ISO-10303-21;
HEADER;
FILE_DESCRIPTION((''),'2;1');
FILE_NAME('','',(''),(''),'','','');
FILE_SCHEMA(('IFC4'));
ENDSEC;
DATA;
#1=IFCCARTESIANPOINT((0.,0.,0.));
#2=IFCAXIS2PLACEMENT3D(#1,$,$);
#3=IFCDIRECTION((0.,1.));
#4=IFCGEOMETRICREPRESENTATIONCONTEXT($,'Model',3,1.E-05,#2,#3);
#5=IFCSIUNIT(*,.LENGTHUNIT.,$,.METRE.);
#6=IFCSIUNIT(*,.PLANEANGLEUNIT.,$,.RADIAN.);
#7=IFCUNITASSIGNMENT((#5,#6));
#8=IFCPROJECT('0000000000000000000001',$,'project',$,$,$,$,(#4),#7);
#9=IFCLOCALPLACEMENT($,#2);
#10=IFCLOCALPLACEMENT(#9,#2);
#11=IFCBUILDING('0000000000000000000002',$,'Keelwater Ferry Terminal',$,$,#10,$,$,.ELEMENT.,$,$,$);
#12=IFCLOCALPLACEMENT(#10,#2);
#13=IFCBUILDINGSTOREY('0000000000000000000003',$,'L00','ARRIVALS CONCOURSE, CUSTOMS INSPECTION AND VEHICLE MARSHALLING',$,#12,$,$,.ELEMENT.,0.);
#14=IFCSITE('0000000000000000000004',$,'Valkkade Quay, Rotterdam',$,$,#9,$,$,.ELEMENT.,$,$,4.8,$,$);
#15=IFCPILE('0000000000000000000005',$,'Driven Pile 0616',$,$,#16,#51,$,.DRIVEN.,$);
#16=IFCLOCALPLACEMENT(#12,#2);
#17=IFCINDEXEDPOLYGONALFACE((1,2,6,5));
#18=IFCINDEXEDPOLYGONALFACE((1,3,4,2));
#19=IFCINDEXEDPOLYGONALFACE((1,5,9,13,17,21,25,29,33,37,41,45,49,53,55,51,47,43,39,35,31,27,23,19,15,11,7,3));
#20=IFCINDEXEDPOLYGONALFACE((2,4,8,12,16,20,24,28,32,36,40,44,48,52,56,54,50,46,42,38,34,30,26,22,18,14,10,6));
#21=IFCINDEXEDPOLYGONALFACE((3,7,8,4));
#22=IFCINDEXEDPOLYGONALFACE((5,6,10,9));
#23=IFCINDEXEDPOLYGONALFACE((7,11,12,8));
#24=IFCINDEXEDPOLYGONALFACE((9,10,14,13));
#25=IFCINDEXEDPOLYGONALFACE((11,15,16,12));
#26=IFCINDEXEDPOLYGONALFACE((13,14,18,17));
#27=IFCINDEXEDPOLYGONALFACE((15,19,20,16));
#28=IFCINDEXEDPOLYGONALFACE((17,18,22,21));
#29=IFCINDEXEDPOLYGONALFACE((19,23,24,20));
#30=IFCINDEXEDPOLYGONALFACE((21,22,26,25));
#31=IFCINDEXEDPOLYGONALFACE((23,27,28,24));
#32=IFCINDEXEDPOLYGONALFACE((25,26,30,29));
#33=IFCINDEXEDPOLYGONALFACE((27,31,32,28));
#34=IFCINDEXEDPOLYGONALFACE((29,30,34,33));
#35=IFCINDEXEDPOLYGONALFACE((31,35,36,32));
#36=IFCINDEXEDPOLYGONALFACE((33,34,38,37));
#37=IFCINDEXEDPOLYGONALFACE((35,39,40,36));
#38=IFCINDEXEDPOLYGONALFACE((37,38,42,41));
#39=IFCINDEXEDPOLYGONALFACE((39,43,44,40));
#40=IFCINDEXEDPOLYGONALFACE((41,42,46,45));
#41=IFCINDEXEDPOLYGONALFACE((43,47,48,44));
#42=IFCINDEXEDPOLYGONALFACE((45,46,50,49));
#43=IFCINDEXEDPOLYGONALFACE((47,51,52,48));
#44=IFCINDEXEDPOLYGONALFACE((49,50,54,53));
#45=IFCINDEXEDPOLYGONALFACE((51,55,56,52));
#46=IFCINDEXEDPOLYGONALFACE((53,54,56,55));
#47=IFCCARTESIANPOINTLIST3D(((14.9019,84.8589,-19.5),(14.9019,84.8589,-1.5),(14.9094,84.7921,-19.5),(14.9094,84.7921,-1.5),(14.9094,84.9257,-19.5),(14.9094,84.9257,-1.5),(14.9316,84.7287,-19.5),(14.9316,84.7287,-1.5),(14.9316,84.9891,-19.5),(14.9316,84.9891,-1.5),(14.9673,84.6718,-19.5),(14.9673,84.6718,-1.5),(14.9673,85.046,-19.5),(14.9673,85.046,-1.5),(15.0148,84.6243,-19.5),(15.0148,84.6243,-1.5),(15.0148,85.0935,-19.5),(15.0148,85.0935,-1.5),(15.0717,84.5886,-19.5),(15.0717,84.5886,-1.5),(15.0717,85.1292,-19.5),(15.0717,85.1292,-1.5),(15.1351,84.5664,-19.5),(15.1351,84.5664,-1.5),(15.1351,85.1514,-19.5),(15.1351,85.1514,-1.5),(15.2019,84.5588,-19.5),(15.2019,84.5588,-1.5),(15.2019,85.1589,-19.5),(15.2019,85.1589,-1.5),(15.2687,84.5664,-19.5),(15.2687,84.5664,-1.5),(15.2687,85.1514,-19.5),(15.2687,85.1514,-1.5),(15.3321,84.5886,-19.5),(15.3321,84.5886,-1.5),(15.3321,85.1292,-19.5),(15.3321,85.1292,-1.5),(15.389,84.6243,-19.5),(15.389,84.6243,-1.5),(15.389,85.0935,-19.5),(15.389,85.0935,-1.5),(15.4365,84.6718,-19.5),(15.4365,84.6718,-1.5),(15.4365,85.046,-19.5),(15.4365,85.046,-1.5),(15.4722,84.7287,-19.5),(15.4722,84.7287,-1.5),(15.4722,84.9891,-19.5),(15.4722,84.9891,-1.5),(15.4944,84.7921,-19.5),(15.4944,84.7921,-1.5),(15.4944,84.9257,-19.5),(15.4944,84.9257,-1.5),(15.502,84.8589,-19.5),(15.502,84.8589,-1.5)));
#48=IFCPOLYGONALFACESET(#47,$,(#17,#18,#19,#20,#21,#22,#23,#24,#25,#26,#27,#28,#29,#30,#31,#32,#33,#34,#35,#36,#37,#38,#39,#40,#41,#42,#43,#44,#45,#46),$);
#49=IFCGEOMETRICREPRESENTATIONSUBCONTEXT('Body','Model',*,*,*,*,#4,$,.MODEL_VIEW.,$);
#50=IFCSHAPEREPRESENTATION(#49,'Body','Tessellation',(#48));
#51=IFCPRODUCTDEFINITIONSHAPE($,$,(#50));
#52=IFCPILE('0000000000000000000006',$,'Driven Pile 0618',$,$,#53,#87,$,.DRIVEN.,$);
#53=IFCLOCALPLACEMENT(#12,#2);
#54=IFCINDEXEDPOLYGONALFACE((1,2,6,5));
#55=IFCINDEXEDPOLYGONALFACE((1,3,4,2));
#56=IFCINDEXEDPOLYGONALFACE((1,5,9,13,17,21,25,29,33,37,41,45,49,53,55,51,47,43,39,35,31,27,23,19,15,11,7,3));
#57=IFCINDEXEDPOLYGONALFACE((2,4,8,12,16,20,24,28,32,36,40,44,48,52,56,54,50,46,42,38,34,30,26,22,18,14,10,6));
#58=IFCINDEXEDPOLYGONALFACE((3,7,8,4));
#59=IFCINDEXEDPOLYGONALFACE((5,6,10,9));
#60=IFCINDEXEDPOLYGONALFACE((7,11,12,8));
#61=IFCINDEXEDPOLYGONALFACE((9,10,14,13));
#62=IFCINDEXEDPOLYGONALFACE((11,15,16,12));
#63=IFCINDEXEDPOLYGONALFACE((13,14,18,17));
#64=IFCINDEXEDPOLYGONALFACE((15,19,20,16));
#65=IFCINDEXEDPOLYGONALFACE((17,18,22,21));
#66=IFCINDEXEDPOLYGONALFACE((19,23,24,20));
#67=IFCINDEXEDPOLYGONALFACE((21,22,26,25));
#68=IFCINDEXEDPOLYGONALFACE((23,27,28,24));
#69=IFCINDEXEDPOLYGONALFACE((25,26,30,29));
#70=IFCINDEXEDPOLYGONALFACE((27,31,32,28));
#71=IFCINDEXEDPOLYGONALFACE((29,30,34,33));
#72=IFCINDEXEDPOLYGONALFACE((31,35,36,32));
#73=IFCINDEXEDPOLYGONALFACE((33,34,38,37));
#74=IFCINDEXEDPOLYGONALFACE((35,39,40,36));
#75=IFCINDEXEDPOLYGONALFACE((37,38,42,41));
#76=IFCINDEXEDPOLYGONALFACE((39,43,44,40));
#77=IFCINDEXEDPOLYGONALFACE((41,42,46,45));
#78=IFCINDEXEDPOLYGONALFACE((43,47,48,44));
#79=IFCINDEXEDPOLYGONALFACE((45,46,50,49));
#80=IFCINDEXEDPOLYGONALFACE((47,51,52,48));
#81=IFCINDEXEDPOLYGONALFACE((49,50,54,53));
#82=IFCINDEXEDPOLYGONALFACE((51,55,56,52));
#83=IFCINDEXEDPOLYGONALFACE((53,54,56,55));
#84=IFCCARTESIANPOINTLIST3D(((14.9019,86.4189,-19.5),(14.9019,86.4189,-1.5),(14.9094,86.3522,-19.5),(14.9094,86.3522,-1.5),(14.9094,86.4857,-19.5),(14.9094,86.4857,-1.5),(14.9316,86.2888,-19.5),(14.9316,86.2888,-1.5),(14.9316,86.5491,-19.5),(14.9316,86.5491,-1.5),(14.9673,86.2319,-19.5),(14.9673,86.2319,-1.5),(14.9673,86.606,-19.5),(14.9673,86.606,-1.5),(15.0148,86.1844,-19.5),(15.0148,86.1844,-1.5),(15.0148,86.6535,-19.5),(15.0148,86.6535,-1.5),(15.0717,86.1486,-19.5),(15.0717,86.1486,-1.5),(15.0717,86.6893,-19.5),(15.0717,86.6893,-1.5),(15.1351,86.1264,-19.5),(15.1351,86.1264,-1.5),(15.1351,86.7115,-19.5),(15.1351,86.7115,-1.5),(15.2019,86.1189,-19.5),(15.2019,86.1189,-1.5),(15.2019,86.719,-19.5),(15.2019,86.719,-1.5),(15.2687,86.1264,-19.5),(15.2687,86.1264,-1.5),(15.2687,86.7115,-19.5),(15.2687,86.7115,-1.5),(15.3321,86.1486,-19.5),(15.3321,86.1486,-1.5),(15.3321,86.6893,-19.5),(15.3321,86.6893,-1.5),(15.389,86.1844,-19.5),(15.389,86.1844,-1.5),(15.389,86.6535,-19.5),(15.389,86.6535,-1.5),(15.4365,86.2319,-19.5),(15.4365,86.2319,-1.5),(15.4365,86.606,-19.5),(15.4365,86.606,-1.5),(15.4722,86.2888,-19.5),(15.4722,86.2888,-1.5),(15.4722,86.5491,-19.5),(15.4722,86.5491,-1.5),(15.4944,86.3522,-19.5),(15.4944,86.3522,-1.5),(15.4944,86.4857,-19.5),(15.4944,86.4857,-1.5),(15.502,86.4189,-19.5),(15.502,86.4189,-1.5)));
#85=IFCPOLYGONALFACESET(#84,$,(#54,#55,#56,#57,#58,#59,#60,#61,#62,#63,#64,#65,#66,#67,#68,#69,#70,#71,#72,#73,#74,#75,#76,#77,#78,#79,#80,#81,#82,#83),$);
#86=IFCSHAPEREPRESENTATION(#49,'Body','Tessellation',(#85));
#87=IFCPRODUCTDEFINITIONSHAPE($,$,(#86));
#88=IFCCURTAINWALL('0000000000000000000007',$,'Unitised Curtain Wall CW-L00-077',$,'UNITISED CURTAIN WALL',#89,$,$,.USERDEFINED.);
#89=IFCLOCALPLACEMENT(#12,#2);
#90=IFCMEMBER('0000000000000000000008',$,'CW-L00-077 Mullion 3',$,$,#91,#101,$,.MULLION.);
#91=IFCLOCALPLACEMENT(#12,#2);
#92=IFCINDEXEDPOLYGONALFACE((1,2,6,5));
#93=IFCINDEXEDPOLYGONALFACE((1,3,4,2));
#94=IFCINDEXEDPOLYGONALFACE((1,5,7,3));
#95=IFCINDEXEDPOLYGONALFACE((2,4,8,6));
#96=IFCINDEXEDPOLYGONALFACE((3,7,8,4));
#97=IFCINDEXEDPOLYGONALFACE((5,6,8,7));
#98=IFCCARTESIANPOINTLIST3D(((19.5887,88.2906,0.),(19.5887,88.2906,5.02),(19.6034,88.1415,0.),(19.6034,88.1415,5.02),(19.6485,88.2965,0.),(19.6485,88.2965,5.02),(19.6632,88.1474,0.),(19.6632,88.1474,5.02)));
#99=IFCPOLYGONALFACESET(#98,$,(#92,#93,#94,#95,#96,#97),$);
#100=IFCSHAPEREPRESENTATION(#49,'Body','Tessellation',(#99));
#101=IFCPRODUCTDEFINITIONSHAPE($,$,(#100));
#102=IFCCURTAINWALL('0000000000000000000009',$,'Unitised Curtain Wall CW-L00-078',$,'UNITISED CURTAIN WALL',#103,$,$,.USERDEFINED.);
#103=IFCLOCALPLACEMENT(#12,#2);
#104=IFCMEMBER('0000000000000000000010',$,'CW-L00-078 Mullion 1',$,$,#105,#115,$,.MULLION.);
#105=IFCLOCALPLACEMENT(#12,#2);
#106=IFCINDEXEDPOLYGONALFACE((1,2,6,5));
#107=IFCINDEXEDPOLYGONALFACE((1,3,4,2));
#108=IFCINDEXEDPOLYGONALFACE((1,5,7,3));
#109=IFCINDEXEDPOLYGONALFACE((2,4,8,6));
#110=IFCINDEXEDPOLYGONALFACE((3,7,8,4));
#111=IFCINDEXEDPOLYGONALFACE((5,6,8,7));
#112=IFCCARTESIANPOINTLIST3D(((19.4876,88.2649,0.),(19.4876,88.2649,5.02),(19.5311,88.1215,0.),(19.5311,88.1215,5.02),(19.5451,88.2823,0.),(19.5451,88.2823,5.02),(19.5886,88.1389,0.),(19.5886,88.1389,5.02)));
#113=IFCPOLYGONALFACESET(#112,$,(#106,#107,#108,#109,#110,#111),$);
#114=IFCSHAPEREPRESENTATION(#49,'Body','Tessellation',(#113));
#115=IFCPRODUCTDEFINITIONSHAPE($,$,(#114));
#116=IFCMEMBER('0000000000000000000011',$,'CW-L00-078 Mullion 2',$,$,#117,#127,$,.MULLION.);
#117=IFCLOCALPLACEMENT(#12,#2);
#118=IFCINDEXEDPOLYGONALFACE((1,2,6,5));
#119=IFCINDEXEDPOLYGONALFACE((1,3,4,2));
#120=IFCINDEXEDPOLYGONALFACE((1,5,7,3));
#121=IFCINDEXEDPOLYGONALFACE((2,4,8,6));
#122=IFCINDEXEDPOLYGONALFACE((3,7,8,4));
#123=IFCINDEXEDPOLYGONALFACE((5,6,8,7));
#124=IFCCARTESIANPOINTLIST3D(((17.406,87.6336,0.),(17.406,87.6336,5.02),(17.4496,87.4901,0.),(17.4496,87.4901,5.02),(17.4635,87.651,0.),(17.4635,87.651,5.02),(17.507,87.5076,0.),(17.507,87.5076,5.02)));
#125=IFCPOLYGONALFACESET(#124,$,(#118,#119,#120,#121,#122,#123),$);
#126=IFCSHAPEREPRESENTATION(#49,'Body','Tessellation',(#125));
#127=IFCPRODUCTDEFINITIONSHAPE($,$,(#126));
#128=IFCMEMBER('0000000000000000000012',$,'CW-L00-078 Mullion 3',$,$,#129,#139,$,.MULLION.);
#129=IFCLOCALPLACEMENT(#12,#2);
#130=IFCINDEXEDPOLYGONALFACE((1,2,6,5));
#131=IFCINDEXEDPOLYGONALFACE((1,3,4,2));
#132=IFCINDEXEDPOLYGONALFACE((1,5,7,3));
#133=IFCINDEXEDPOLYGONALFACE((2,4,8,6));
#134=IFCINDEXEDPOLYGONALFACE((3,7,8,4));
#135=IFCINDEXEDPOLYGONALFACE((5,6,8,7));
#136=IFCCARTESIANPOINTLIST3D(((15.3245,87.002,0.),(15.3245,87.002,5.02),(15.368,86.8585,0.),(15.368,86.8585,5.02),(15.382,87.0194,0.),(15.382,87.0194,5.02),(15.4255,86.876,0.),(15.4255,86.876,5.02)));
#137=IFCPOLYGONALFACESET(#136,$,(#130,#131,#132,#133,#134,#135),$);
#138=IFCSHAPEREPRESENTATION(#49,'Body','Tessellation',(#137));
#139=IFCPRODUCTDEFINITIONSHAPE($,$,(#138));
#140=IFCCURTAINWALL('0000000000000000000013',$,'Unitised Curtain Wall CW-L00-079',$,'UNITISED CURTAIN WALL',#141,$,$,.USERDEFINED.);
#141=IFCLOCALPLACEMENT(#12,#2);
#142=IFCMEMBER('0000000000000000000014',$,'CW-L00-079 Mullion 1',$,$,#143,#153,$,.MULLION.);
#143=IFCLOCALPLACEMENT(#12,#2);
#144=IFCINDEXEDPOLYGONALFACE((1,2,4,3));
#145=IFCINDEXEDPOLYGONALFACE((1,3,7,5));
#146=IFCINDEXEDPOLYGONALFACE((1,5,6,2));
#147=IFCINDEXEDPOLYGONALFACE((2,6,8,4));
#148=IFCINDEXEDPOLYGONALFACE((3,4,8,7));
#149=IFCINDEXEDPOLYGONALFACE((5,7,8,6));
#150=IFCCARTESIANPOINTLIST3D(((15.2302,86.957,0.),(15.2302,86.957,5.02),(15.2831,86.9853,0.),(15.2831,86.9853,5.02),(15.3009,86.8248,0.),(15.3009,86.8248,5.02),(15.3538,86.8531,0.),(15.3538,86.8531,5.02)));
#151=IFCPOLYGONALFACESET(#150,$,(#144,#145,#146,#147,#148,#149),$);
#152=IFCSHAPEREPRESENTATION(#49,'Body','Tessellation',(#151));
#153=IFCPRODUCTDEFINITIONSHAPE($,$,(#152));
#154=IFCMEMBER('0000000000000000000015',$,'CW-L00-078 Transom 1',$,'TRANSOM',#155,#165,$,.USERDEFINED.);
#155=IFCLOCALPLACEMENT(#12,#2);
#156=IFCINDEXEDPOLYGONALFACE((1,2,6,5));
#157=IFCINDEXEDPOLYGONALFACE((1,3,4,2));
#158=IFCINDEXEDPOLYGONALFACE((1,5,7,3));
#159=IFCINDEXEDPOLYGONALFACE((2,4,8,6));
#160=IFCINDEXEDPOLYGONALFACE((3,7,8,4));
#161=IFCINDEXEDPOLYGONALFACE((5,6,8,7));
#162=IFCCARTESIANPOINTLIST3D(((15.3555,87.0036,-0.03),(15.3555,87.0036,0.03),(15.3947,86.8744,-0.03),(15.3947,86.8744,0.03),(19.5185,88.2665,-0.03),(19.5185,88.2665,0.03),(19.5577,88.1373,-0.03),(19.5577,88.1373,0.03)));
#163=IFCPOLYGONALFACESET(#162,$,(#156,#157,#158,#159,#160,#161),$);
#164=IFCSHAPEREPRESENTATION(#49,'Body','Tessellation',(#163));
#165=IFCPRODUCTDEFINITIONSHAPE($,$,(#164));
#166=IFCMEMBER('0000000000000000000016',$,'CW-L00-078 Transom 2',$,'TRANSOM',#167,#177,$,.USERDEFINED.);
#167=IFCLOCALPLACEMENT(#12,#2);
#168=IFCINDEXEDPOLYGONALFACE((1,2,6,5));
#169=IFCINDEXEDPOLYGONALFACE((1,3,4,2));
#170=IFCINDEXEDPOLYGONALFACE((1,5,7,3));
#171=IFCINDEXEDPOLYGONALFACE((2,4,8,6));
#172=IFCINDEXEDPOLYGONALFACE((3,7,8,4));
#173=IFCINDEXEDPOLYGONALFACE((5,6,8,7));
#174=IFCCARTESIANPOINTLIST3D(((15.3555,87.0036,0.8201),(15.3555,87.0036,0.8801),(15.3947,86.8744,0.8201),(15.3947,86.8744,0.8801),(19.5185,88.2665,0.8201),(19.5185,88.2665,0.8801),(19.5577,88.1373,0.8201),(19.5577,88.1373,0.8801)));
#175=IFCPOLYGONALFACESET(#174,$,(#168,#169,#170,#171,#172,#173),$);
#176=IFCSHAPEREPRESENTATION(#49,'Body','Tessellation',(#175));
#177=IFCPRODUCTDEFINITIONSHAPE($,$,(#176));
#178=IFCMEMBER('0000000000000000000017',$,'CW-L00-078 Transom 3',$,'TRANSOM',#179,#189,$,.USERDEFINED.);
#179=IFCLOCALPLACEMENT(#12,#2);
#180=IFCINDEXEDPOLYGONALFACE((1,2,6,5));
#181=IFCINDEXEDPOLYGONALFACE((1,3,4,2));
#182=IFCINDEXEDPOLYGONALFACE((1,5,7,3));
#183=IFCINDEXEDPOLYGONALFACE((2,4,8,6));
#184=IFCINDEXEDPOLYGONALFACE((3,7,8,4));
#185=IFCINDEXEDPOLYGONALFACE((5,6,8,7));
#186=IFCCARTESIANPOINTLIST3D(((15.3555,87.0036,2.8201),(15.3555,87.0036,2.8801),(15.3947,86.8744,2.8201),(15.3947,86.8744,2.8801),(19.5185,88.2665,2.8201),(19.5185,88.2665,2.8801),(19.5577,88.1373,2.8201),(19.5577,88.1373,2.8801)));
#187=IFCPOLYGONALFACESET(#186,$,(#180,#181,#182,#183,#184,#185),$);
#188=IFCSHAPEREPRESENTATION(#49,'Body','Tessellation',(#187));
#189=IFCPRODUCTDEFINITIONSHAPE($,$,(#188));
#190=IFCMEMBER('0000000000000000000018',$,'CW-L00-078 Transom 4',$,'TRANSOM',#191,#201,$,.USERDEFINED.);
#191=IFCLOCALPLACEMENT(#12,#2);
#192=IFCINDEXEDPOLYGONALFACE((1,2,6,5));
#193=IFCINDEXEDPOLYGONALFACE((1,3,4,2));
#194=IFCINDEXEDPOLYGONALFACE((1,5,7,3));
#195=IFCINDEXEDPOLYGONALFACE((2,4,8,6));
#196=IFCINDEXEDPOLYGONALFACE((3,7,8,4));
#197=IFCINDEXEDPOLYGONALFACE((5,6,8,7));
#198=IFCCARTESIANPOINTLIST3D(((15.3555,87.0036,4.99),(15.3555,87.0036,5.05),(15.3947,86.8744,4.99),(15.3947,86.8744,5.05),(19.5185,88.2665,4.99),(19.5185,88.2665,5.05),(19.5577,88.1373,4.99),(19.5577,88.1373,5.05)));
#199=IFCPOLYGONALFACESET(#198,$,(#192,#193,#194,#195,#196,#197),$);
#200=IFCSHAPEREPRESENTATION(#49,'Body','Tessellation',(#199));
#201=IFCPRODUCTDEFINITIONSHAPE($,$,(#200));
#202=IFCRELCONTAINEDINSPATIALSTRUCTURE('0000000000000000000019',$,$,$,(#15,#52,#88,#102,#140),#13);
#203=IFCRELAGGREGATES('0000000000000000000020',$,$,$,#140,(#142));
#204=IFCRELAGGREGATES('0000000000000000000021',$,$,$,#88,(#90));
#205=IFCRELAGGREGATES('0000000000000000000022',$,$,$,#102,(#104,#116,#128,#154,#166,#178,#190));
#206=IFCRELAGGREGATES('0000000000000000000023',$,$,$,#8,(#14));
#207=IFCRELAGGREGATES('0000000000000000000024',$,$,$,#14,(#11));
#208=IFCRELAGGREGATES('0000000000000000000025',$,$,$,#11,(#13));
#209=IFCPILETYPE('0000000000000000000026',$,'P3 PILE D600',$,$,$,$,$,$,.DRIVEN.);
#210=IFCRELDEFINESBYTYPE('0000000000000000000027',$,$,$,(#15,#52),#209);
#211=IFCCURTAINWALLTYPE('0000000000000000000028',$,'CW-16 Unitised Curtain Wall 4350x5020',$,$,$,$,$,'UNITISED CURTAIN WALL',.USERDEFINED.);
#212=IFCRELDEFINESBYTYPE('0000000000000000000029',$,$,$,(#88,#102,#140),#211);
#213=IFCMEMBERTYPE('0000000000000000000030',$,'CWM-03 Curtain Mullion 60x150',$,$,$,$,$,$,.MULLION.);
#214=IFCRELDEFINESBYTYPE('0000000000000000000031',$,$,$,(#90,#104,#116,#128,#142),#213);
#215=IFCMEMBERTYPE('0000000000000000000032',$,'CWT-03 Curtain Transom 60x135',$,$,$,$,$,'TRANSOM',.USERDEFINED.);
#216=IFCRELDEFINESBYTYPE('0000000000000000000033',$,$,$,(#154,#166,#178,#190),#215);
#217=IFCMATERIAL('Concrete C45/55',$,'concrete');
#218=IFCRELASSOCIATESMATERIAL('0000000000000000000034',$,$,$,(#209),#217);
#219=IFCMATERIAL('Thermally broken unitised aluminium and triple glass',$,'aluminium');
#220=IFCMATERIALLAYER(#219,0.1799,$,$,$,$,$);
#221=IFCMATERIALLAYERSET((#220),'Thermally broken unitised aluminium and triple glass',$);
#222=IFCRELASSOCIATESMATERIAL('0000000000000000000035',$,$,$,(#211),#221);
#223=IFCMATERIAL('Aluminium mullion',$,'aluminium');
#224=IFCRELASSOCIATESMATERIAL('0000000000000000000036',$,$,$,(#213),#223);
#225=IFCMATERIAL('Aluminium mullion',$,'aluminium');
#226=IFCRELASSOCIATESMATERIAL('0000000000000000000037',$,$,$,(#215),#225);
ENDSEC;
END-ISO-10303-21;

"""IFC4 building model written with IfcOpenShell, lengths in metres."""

from ifc_helpers import new_model, si_unit, direction, frame, origin, origin_2d, place, context, subcontext, project, spatial, rectangle, circle, extrude, material, layer, layer_set, material_profile, profile_set, type_object, element, aggregate, save


model = new_model("IFC4")

# Units and contexts
model_context = context("Model", 3, precision=1e-05, world=origin(), true_north=direction((0.0, 1.0)))
body_context = subcontext(model_context, "Body", "Model", "MODEL_VIEW")
ifc_project = project(units=[si_unit("LENGTHUNIT", "METRE"), si_unit("PLANEANGLEUNIT", "RADIAN")], contexts=[model_context])

# Site, building, storey
site_placement = place(None, origin())
site = spatial("IfcSite", under=ifc_project, at=site_placement, Name="Valkkade Quay, Rotterdam", CompositionType="ELEMENT", RefElevation=4.8)
building_placement = place(site_placement, origin())
building = spatial("IfcBuilding", under=site, at=building_placement, Name="Keelwater Ferry Terminal", CompositionType="ELEMENT")
storey_placement = place(building_placement, origin())
storey = spatial("IfcBuildingStorey", under=building, at=storey_placement, Name="L00", Description="ARRIVALS CONCOURSE, CUSTOMS INSPECTION AND VEHICLE MARSHALLING", CompositionType="ELEMENT", Elevation=0.0)

# Piles
ifc_material_1 = material(Name="Concrete C45/55", Category="concrete")
ifc_material_profile_1 = material_profile(ifc_material_1, circle(Radius=0.3, at=origin_2d()), Name="PILE D600")
ifc_profile_set_1 = profile_set([ifc_material_profile_1], Name="Concrete C45/55")
pile_type = type_object("IfcPileType", Name="P3 PILE D600", PredefinedType="DRIVEN", material=ifc_profile_set_1)
for number, where, z_axis, x_axis, name in (
    (1, (15.2019, 84.8589, -1.5), (0.0, 0.0, -1.0), (1.0, 0.0, 0.0), "Driven Pile 0616"),
    (2, (15.2019, 86.4189, -1.5), (0.0, 0.0, -1.0), (1.0, 0.0, 0.0), "Driven Pile 0618"),
):
    element("IfcPile", number, at=place(storey_placement, frame(where, z_axis=z_axis, x_axis=x_axis)), inside=storey, type_object=pile_type, Name=name, PredefinedType="DRIVEN", context=body_context, shape_type="SweptSolid", body=[
        extrude(circle(Radius=0.3, at=origin_2d()), origin(), (0.0, 0.0, 1.0), 18.0),
    ])

# Curtain wall, member
ifc_material_2 = material(Name="Thermally broken unitised aluminium and triple glass", Category="aluminium")
ifc_layer_1 = layer(ifc_material_2, 0.1799)
ifc_layer_set_1 = layer_set([ifc_layer_1], Name="Thermally broken unitised aluminium and triple glass")
curtain_wall_type = type_object("IfcCurtainWallType", Name="CW-16 Unitised Curtain Wall 4350x5020", ElementType="UNITISED CURTAIN WALL", PredefinedType="USERDEFINED", material=ifc_layer_set_1)
curtain_wall_1_placement = place(storey_placement, origin())
curtain_wall_1 = element("IfcCurtainWall", 3, at=curtain_wall_1_placement, inside=storey, type_object=curtain_wall_type, Name="Unitised Curtain Wall CW-L00-077", ObjectType="UNITISED CURTAIN WALL", PredefinedType="USERDEFINED")
ifc_material_3 = material(Name="Aluminium mullion", Category="aluminium")
ifc_material_profile_2 = material_profile(ifc_material_3, rectangle(XDim=0.0601, YDim=0.1499, at=origin_2d()), Name="CWM-03")
ifc_profile_set_2 = profile_set([ifc_material_profile_2], Name="Aluminium mullion")
member_type_1 = type_object("IfcMemberType", Name="CWM-03 Curtain Mullion 60x150", PredefinedType="MULLION", material=ifc_profile_set_2)
member_1_placement = place(storey_placement, frame((19.626, 88.219, 0.0), z_axis=(0.0, 0.0, 1.0), x_axis=(-0.995171, -0.098161, 0.0)))
member_1 = element("IfcMember", 4, at=member_1_placement, type_object=member_type_1, Name="CW-L00-077 Mullion 3", PredefinedType="MULLION", context=body_context, shape_type="SweptSolid", body=[
    extrude(rectangle(XDim=0.0601, YDim=0.1499, at=origin_2d()), origin(), (0.0, 0.0, 1.0), 5.02),
])

# Curtain wall, members
curtain_wall_2_placement = place(storey_placement, origin())
curtain_wall_2 = element("IfcCurtainWall", 5, at=curtain_wall_2_placement, inside=storey, type_object=curtain_wall_type, Name="Unitised Curtain Wall CW-L00-078", ObjectType="UNITISED CURTAIN WALL", PredefinedType="USERDEFINED")
member_2_placement = place(storey_placement, frame((19.5381, 88.2019, 0.0), z_axis=(0.0, 0.0, 1.0), x_axis=(-0.95693, -0.29032, 0.0)))
member_2 = element("IfcMember", 6, at=member_2_placement, type_object=member_type_1, Name="CW-L00-078 Mullion 1", PredefinedType="MULLION", context=body_context, shape_type="SweptSolid", body=[
    extrude(rectangle(XDim=0.0601, YDim=0.1499, at=origin_2d()), origin(), (0.0, 0.0, 1.0), 5.02),
])
member_3_placement = place(storey_placement, frame((17.4565, 87.5706, 0.0), z_axis=(0.0, 0.0, 1.0), x_axis=(-0.95693, -0.29032, 0.0)))
member_3 = element("IfcMember", 7, at=member_3_placement, type_object=member_type_1, Name="CW-L00-078 Mullion 2", PredefinedType="MULLION", context=body_context, shape_type="SweptSolid", body=[
    extrude(rectangle(XDim=0.0601, YDim=0.1499, at=origin_2d()), origin(), (0.0, 0.0, 1.0), 5.02),
])
member_4_placement = place(storey_placement, frame((15.375, 86.939, 0.0), z_axis=(0.0, 0.0, 1.0), x_axis=(-0.95693, -0.29032, 0.0)))
member_4 = element("IfcMember", 8, at=member_4_placement, type_object=member_type_1, Name="CW-L00-078 Mullion 3", PredefinedType="MULLION", context=body_context, shape_type="SweptSolid", body=[
    extrude(rectangle(XDim=0.0601, YDim=0.1499, at=origin_2d()), origin(), (0.0, 0.0, 1.0), 5.02),
])

# Curtain wall, member
curtain_wall_3_placement = place(storey_placement, origin())
curtain_wall_3 = element("IfcCurtainWall", 9, at=curtain_wall_3_placement, inside=storey, type_object=curtain_wall_type, Name="Unitised Curtain Wall CW-L00-079", ObjectType="UNITISED CURTAIN WALL", PredefinedType="USERDEFINED")
member_5_placement = place(storey_placement, frame((15.292, 86.905, 0.0), z_axis=(0.0, 0.0, 1.0), x_axis=(-0.881862, -0.471507, 0.0)))
member_5 = element("IfcMember", 10, at=member_5_placement, type_object=member_type_1, Name="CW-L00-079 Mullion 1", PredefinedType="MULLION", context=body_context, shape_type="SweptSolid", body=[
    extrude(rectangle(XDim=0.0601, YDim=0.1499, at=origin_2d()), origin(), (0.0, 0.0, 1.0), 5.02),
])

# Members
ifc_material_4 = material(Name="Aluminium mullion", Category="aluminium")
ifc_material_profile_3 = material_profile(ifc_material_4, rectangle(XDim=0.135, YDim=0.0601, at=origin_2d()), Name="CWT-03")
ifc_profile_set_3 = profile_set([ifc_material_profile_3], Name="Aluminium mullion")
member_type_2 = type_object("IfcMemberType", Name="CWT-03 Curtain Transom 60x135", ElementType="TRANSOM", PredefinedType="USERDEFINED", material=ifc_profile_set_3)
member_6_placement = place(storey_placement, frame((19.5381, 88.2019, 0.0), z_axis=(-0.956935, -0.290302, 0.0), x_axis=(0.290302, -0.956935, 0.0)))
member_6 = element("IfcMember", 11, at=member_6_placement, type_object=member_type_2, Name="CW-L00-078 Transom 1", ObjectType="TRANSOM", PredefinedType="USERDEFINED", context=body_context, shape_type="SweptSolid", body=[
    extrude(rectangle(XDim=0.135, YDim=0.0601, at=origin_2d()), origin(), (0.0, 0.0, 1.0), 4.3503),
])
member_7_placement = place(storey_placement, frame((19.5381, 88.2019, 0.8501), z_axis=(-0.956935, -0.290302, 0.0), x_axis=(0.290302, -0.956935, 0.0)))
member_7 = element("IfcMember", 12, at=member_7_placement, type_object=member_type_2, Name="CW-L00-078 Transom 2", ObjectType="TRANSOM", PredefinedType="USERDEFINED", context=body_context, shape_type="SweptSolid", body=[
    extrude(rectangle(XDim=0.135, YDim=0.0601, at=origin_2d()), origin(), (0.0, 0.0, 1.0), 4.3503),
])
member_8_placement = place(storey_placement, frame((19.5381, 88.2019, 2.8501), z_axis=(-0.956935, -0.290302, 0.0), x_axis=(0.290302, -0.956935, 0.0)))
member_8 = element("IfcMember", 13, at=member_8_placement, type_object=member_type_2, Name="CW-L00-078 Transom 3", ObjectType="TRANSOM", PredefinedType="USERDEFINED", context=body_context, shape_type="SweptSolid", body=[
    extrude(rectangle(XDim=0.135, YDim=0.0601, at=origin_2d()), origin(), (0.0, 0.0, 1.0), 4.3503),
])
member_9_placement = place(storey_placement, frame((19.5381, 88.2019, 5.02), z_axis=(-0.956935, -0.290302, 0.0), x_axis=(0.290302, -0.956935, 0.0)))
member_9 = element("IfcMember", 14, at=member_9_placement, type_object=member_type_2, Name="CW-L00-078 Transom 4", ObjectType="TRANSOM", PredefinedType="USERDEFINED", context=body_context, shape_type="SweptSolid", body=[
    extrude(rectangle(XDim=0.135, YDim=0.0601, at=origin_2d()), origin(), (0.0, 0.0, 1.0), 4.3503),
])
aggregate(curtain_wall_3, [member_5])

aggregate(curtain_wall_1, [member_1])
aggregate(curtain_wall_2, [member_2, member_3, member_4, member_6, member_7, member_8, member_9])

save(model, "model.ifc")
